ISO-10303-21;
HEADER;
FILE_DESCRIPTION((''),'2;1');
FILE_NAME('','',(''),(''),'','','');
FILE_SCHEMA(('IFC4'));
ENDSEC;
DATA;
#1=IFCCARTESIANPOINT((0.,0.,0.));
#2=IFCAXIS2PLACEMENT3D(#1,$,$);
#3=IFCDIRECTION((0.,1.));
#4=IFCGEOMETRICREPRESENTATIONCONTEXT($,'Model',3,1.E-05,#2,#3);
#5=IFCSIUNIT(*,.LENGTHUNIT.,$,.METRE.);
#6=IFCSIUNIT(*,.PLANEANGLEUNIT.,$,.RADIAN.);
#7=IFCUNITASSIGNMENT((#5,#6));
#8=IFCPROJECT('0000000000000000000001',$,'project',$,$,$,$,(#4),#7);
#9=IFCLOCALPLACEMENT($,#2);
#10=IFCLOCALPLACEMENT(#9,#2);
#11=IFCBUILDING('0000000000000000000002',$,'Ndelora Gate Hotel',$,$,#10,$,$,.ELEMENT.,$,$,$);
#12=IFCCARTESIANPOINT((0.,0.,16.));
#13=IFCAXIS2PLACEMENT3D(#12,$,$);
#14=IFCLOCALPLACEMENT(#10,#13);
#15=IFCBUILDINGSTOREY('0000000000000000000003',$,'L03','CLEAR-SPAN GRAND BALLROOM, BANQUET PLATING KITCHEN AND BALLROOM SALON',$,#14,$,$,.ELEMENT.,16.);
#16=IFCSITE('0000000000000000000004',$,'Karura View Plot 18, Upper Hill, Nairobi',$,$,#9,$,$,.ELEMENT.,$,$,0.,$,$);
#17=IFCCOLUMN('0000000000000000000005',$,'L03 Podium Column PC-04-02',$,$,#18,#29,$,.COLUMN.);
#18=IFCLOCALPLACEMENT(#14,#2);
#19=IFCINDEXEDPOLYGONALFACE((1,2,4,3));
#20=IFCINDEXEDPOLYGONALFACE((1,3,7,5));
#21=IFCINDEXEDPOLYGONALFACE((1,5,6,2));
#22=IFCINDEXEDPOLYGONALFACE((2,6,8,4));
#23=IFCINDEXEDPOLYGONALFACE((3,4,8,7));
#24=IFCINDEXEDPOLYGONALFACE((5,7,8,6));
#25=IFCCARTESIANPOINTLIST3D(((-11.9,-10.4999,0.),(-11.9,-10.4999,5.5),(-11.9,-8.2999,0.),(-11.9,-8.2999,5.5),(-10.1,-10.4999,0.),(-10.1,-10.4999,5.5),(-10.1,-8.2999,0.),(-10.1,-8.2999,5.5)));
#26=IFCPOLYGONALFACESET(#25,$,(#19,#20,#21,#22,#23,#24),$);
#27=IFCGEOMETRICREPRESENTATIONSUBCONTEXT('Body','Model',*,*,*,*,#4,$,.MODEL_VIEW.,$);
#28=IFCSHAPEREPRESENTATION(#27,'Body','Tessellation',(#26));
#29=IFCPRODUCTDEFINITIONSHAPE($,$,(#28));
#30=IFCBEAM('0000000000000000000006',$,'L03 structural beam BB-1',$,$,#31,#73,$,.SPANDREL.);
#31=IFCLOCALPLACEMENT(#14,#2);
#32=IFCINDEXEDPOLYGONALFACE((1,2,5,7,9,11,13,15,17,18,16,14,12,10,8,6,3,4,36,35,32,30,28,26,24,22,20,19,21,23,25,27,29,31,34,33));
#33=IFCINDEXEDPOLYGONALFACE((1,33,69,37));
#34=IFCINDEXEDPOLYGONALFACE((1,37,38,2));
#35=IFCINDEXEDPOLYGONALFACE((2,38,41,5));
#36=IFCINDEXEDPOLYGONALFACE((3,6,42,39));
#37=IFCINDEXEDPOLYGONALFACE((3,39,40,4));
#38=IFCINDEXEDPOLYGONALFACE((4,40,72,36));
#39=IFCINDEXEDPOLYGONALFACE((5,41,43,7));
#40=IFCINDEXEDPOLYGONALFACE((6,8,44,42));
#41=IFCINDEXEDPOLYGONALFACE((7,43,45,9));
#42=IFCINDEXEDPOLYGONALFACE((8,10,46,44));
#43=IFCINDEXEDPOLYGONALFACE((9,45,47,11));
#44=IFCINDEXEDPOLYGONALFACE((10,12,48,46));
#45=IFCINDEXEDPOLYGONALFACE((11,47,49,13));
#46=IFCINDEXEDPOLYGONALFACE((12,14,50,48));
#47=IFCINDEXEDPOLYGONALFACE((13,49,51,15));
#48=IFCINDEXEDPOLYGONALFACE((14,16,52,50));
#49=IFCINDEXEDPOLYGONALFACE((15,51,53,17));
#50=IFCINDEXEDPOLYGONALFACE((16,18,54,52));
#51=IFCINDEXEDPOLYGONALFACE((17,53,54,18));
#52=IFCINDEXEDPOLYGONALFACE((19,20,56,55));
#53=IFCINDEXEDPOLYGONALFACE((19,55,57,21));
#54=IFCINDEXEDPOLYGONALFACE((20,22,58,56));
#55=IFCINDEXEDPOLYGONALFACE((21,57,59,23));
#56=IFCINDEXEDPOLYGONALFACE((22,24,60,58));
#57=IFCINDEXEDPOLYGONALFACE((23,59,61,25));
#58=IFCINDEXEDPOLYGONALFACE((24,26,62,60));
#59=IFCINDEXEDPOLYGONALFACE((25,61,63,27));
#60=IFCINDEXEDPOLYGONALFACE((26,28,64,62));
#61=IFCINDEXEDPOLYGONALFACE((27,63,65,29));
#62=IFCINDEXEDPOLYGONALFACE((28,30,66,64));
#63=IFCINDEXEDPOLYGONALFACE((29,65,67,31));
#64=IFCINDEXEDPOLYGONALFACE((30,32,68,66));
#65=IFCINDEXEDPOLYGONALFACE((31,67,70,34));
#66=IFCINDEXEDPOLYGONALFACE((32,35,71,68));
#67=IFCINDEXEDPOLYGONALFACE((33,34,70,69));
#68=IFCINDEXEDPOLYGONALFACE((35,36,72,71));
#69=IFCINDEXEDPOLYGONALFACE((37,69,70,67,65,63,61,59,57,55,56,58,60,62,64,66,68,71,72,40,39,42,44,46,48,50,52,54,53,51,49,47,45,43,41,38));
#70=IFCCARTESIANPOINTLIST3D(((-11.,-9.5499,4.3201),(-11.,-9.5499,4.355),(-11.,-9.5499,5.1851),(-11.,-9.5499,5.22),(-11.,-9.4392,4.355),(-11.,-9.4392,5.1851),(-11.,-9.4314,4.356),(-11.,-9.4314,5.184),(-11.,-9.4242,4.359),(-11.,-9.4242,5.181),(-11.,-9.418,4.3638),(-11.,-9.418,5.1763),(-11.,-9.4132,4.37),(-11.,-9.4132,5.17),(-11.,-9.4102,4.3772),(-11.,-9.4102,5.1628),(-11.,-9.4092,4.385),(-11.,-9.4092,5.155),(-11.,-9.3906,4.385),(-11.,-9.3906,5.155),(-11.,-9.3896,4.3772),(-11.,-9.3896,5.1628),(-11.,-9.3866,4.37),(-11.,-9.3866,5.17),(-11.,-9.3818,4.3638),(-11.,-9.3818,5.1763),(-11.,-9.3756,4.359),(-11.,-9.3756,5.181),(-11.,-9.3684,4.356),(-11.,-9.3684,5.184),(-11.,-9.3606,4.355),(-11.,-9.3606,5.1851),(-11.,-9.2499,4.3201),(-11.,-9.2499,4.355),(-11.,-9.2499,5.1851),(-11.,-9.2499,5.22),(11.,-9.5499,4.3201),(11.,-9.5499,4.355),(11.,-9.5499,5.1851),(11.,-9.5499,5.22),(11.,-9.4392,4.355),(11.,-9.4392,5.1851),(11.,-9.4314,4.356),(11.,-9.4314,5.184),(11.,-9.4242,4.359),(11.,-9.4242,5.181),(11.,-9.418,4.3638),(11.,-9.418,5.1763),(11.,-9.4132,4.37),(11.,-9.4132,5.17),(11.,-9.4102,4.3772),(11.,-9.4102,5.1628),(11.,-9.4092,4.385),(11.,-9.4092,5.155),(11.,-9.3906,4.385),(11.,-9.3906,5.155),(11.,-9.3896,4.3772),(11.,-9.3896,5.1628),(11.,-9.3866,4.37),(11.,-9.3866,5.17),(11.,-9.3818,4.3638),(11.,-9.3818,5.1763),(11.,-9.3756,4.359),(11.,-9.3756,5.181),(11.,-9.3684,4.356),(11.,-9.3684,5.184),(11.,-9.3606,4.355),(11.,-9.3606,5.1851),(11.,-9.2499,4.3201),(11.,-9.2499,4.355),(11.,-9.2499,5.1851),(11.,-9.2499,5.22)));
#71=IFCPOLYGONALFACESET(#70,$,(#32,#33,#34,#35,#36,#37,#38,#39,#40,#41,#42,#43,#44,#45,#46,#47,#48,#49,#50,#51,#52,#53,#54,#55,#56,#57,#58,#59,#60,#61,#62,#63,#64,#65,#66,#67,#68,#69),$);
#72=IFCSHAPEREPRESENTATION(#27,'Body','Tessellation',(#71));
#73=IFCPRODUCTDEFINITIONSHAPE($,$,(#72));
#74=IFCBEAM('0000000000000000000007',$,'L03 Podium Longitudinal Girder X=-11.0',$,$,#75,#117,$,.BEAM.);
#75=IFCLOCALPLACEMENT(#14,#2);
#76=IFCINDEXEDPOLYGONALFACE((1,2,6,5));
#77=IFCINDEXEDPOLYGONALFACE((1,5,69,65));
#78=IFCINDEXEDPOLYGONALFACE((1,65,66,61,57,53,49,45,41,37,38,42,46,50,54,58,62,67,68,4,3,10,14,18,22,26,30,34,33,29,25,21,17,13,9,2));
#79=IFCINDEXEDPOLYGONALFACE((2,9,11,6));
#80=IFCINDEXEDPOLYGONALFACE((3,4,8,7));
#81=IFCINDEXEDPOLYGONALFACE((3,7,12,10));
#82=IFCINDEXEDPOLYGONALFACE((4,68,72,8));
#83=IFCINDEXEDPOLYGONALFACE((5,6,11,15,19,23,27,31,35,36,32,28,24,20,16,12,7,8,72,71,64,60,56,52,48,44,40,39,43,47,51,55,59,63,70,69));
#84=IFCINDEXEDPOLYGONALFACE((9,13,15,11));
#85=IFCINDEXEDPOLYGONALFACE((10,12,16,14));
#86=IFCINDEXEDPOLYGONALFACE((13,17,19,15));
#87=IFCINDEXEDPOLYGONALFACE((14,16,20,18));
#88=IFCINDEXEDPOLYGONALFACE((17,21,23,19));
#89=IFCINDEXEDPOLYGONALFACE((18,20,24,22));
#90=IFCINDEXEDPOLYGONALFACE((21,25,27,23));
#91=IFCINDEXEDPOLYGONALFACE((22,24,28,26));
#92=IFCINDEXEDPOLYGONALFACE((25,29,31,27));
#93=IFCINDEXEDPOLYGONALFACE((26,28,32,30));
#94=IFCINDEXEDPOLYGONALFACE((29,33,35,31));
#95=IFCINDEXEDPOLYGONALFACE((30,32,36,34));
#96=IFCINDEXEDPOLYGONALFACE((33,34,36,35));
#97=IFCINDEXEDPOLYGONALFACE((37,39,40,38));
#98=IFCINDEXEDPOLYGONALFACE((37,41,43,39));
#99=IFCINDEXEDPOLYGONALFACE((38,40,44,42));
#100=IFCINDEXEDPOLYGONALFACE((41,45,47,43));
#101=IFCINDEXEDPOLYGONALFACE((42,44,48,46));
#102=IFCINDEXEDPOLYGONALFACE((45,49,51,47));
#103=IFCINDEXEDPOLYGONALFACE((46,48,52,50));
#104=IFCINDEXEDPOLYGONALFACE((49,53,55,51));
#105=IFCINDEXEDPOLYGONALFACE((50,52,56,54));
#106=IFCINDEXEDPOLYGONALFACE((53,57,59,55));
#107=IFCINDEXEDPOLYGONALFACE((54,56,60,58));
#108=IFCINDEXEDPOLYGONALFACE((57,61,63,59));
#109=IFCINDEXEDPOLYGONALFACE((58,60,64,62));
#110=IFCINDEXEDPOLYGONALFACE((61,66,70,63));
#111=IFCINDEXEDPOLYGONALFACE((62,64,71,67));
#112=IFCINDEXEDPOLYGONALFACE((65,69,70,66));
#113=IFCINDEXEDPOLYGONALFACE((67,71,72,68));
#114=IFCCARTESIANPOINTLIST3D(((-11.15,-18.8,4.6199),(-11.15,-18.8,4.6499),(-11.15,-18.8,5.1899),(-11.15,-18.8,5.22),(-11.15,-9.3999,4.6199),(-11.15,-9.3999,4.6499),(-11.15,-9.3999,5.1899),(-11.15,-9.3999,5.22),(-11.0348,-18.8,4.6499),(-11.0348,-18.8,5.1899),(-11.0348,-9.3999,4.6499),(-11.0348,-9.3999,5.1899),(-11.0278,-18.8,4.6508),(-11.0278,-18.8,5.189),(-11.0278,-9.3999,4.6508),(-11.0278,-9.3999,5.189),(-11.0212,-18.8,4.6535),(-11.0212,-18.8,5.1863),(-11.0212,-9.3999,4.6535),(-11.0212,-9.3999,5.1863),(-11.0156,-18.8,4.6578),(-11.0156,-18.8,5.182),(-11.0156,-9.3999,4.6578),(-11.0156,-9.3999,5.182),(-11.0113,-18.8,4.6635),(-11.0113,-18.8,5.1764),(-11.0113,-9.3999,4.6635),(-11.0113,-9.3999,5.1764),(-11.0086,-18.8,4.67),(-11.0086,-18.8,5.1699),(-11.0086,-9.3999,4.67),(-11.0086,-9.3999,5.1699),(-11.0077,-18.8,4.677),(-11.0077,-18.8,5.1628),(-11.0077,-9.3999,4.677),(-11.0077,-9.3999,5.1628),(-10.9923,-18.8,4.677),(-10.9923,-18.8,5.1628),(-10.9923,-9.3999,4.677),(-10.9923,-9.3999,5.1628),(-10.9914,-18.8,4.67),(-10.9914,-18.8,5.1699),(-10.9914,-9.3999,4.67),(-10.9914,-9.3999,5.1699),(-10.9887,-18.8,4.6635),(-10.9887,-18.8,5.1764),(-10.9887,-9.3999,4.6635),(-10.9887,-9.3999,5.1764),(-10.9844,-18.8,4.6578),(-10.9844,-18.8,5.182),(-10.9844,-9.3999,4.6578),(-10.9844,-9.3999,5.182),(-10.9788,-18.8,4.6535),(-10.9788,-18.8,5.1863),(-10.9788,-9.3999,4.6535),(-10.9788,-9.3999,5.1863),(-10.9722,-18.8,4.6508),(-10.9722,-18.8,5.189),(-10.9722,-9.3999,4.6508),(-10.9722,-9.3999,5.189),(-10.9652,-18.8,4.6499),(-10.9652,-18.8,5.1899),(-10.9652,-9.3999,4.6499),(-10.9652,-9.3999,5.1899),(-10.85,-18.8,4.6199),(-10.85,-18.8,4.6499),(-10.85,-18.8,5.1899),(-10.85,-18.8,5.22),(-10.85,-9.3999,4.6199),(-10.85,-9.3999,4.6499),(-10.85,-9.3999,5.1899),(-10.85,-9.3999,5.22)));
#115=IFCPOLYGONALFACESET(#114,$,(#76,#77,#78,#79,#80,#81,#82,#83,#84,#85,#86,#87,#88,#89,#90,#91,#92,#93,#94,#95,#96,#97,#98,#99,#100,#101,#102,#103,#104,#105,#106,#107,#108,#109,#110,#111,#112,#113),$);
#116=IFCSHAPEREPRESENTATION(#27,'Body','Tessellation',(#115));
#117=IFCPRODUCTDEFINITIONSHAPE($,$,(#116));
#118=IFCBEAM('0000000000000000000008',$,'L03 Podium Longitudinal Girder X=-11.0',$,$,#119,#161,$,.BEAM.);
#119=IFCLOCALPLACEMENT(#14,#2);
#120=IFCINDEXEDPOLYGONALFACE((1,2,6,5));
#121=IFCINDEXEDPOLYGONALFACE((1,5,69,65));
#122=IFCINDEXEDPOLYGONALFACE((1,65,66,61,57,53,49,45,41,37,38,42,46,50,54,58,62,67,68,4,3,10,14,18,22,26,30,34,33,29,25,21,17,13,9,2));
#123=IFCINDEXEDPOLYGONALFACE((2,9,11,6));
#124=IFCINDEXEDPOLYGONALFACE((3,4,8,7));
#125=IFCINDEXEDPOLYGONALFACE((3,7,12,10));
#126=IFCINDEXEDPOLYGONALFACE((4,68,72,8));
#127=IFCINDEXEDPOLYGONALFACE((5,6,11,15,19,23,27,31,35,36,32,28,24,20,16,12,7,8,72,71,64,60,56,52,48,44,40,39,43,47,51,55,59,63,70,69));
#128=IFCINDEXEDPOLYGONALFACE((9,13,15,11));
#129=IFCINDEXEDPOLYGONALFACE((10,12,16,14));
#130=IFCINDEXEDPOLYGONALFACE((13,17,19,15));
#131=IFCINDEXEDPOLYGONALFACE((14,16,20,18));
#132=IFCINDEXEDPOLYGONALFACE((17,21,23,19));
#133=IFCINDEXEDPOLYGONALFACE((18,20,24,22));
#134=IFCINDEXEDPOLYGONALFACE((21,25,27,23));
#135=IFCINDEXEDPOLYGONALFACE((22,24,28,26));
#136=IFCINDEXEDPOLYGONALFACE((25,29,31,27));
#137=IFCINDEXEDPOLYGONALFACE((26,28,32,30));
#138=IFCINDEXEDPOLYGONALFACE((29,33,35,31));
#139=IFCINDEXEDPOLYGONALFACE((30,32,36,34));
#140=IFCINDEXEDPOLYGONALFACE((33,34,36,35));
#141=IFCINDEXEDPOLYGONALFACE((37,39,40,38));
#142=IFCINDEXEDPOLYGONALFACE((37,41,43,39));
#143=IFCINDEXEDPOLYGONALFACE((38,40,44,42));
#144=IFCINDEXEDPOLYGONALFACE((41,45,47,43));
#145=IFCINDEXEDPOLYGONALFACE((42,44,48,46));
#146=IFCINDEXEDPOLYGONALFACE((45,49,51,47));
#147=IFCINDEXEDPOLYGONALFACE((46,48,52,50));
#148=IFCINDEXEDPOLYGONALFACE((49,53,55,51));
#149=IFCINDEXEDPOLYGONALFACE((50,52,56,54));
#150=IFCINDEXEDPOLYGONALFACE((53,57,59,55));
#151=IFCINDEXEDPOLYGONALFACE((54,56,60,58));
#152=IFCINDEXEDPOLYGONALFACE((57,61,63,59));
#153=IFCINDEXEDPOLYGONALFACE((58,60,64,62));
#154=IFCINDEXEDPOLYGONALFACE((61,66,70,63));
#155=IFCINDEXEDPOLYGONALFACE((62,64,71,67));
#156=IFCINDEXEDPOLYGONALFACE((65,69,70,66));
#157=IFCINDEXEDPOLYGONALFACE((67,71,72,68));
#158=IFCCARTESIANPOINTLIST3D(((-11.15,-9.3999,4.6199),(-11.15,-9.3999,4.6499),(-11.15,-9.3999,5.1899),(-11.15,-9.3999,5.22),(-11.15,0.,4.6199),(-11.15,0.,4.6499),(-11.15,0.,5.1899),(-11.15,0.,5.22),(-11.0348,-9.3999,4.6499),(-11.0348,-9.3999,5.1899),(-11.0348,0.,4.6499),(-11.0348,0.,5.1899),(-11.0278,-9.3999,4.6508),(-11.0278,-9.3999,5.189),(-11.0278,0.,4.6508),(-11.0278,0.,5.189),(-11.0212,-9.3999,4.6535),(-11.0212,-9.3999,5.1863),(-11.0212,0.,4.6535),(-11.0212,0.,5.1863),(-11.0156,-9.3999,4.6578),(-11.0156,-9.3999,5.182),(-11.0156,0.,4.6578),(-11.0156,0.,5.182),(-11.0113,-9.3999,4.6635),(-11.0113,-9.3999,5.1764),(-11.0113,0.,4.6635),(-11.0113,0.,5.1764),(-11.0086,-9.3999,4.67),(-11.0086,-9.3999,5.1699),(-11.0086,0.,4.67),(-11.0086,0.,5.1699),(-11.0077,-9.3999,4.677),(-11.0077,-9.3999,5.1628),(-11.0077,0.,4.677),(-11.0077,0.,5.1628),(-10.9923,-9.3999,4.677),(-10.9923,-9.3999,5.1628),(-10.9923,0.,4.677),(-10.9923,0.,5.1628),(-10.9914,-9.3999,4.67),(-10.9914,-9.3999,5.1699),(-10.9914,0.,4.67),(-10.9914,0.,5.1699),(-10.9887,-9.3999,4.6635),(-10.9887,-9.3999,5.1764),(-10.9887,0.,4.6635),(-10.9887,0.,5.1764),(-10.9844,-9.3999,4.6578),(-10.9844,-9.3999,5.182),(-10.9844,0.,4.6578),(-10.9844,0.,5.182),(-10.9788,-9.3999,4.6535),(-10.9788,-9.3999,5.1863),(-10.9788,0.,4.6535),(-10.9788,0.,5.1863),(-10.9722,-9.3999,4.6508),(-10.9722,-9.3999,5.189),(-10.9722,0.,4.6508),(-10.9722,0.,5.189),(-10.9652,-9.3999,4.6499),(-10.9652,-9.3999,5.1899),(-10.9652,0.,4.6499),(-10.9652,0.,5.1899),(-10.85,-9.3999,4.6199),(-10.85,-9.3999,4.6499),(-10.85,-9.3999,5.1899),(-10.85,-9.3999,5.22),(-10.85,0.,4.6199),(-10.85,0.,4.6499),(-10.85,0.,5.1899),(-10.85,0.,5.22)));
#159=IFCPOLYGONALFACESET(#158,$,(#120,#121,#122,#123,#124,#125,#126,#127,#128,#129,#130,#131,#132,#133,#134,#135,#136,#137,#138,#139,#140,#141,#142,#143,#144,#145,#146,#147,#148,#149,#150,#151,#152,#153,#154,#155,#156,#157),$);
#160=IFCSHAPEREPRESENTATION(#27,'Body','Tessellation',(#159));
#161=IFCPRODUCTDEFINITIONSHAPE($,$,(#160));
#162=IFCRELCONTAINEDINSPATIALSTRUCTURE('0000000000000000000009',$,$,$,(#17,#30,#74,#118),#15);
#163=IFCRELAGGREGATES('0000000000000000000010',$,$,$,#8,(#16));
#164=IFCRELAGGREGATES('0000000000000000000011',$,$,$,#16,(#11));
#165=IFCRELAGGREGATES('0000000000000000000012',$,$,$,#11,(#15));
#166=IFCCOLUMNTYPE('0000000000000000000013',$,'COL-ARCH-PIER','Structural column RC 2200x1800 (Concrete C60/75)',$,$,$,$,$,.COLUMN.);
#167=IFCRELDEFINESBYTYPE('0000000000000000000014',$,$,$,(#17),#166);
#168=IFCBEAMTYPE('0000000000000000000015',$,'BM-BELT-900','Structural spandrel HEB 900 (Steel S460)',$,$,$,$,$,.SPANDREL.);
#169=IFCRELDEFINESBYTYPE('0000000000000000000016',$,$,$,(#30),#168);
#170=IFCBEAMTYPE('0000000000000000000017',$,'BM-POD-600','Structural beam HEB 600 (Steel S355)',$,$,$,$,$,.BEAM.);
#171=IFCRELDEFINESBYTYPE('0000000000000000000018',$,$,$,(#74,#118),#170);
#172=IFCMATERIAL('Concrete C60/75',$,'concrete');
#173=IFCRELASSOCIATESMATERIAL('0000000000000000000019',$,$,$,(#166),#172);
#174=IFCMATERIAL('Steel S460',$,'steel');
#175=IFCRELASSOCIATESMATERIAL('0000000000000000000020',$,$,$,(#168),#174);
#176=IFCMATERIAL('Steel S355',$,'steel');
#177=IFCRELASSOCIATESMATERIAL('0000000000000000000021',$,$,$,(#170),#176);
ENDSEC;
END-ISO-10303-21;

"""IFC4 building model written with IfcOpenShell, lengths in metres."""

from ifc_helpers import new_model, si_unit, direction, frame, origin, origin_2d, place, context, subcontext, project, spatial, rectangle, i_section, extrude, material, material_profile, profile_set, type_object, element, save


model = new_model("IFC4")

# Units and contexts
model_context = context("Model", 3, precision=1e-05, world=origin(), true_north=direction((0.0, 1.0)))
body_context = subcontext(model_context, "Body", "Model", "MODEL_VIEW")
ifc_project = project(units=[si_unit("LENGTHUNIT", "METRE"), si_unit("PLANEANGLEUNIT", "RADIAN")], contexts=[model_context])

# Site, building, storey
site_placement = place(None, origin())
site = spatial("IfcSite", under=ifc_project, at=site_placement, Name="Karura View Plot 18, Upper Hill, Nairobi", CompositionType="ELEMENT", RefElevation=0.0)
building_placement = place(site_placement, origin())
building = spatial("IfcBuilding", under=site, at=building_placement, Name="Ndelora Gate Hotel", CompositionType="ELEMENT")
storey_placement = place(building_placement, frame((0.0, 0.0, 16.0)))
storey = spatial("IfcBuildingStorey", under=building, at=storey_placement, Name="L03", Description="CLEAR-SPAN GRAND BALLROOM, BANQUET PLATING KITCHEN AND BALLROOM SALON", CompositionType="ELEMENT", Elevation=16.0)

# Column
ifc_material_1 = material(Name="Concrete C60/75", Category="concrete")
ifc_material_profile_1 = material_profile(ifc_material_1, rectangle(XDim=1.8, YDim=2.2, at=origin_2d()), Name="RC 2200x1800")
ifc_profile_set_1 = profile_set([ifc_material_profile_1], Name="Concrete C60/75")
column_type = type_object("IfcColumnType", Name="COL-ARCH-PIER", Description="Structural column RC 2200x1800 (Concrete C60/75)", PredefinedType="COLUMN", material=ifc_profile_set_1)
column_placement = place(storey_placement, frame((-11.0, -9.3999, 0.0), z_axis=(0.0, 0.0, 1.0), x_axis=(1.0, 0.0, 0.0)))
element("IfcColumn", 1, at=column_placement, inside=storey, type_object=column_type, Name="L03 Podium Column PC-04-02", PredefinedType="COLUMN", context=body_context, shape_type="SweptSolid", body=[
    extrude(rectangle(XDim=1.8, YDim=2.2, at=origin_2d()), origin(), (0.0, 0.0, 1.0), 5.5),
])

# Beams
ifc_material_2 = material(Name="Steel S460", Category="steel")
ifc_material_profile_2 = material_profile(ifc_material_2, i_section(OverallWidth=0.3, OverallDepth=0.8999, WebThickness=0.0186, FlangeThickness=0.0349, FilletRadius=0.03, at=origin_2d()), Name="HEB 900")
ifc_profile_set_2 = profile_set([ifc_material_profile_2], Name="Steel S460")
beam_type_1 = type_object("IfcBeamType", Name="BM-BELT-900", Description="Structural spandrel HEB 900 (Steel S460)", PredefinedType="SPANDREL", material=ifc_profile_set_2)
beam_1_placement = place(storey_placement, frame((-11.0, -9.3999, 4.77), z_axis=(1.0, 0.0, 0.0), x_axis=(0.0, 1.0, 0.0)))
element("IfcBeam", 2, at=beam_1_placement, inside=storey, type_object=beam_type_1, Name="L03 structural beam BB-1", PredefinedType="SPANDREL", context=body_context, shape_type="SweptSolid", body=[
    extrude(i_section(OverallWidth=0.3, OverallDepth=0.8999, WebThickness=0.0186, FlangeThickness=0.0349, FilletRadius=0.03, at=origin_2d()), origin(), (0.0, 0.0, 1.0), 22.0),
])
ifc_material_3 = material(Name="Steel S355", Category="steel")
ifc_material_profile_3 = material_profile(ifc_material_3, i_section(OverallWidth=0.3, OverallDepth=0.6001, WebThickness=0.0154, FlangeThickness=0.03, FilletRadius=0.0271, at=origin_2d()), Name="HEB 600")
ifc_profile_set_3 = profile_set([ifc_material_profile_3], Name="Steel S355")
beam_type_2 = type_object("IfcBeamType", Name="BM-POD-600", Description="Structural beam HEB 600 (Steel S355)", PredefinedType="BEAM", material=ifc_profile_set_3)
beam_2_placement = place(storey_placement, frame((-11.0, -18.8, 4.9199), z_axis=(0.0, 1.0, 0.0), x_axis=(-1.0, 0.0, 0.0)))
element("IfcBeam", 3, at=beam_2_placement, inside=storey, type_object=beam_type_2, Name="L03 Podium Longitudinal Girder X=-11.0", PredefinedType="BEAM", context=body_context, shape_type="SweptSolid", body=[
    extrude(i_section(OverallWidth=0.3, OverallDepth=0.6001, WebThickness=0.0154, FlangeThickness=0.03, FilletRadius=0.0271, at=origin_2d()), origin(), (0.0, 0.0, 1.0), 9.4001),
])
beam_3_placement = place(storey_placement, frame((-11.0, -9.3999, 4.9199), z_axis=(0.0, 1.0, 0.0), x_axis=(-1.0, 0.0, 0.0)))
element("IfcBeam", 4, at=beam_3_placement, inside=storey, type_object=beam_type_2, Name="L03 Podium Longitudinal Girder X=-11.0", PredefinedType="BEAM", context=body_context, shape_type="SweptSolid", body=[
    extrude(i_section(OverallWidth=0.3, OverallDepth=0.6001, WebThickness=0.0154, FlangeThickness=0.03, FilletRadius=0.0271, at=origin_2d()), origin(), (0.0, 0.0, 1.0), 9.3999),
])

save(model, "model.ifc")
